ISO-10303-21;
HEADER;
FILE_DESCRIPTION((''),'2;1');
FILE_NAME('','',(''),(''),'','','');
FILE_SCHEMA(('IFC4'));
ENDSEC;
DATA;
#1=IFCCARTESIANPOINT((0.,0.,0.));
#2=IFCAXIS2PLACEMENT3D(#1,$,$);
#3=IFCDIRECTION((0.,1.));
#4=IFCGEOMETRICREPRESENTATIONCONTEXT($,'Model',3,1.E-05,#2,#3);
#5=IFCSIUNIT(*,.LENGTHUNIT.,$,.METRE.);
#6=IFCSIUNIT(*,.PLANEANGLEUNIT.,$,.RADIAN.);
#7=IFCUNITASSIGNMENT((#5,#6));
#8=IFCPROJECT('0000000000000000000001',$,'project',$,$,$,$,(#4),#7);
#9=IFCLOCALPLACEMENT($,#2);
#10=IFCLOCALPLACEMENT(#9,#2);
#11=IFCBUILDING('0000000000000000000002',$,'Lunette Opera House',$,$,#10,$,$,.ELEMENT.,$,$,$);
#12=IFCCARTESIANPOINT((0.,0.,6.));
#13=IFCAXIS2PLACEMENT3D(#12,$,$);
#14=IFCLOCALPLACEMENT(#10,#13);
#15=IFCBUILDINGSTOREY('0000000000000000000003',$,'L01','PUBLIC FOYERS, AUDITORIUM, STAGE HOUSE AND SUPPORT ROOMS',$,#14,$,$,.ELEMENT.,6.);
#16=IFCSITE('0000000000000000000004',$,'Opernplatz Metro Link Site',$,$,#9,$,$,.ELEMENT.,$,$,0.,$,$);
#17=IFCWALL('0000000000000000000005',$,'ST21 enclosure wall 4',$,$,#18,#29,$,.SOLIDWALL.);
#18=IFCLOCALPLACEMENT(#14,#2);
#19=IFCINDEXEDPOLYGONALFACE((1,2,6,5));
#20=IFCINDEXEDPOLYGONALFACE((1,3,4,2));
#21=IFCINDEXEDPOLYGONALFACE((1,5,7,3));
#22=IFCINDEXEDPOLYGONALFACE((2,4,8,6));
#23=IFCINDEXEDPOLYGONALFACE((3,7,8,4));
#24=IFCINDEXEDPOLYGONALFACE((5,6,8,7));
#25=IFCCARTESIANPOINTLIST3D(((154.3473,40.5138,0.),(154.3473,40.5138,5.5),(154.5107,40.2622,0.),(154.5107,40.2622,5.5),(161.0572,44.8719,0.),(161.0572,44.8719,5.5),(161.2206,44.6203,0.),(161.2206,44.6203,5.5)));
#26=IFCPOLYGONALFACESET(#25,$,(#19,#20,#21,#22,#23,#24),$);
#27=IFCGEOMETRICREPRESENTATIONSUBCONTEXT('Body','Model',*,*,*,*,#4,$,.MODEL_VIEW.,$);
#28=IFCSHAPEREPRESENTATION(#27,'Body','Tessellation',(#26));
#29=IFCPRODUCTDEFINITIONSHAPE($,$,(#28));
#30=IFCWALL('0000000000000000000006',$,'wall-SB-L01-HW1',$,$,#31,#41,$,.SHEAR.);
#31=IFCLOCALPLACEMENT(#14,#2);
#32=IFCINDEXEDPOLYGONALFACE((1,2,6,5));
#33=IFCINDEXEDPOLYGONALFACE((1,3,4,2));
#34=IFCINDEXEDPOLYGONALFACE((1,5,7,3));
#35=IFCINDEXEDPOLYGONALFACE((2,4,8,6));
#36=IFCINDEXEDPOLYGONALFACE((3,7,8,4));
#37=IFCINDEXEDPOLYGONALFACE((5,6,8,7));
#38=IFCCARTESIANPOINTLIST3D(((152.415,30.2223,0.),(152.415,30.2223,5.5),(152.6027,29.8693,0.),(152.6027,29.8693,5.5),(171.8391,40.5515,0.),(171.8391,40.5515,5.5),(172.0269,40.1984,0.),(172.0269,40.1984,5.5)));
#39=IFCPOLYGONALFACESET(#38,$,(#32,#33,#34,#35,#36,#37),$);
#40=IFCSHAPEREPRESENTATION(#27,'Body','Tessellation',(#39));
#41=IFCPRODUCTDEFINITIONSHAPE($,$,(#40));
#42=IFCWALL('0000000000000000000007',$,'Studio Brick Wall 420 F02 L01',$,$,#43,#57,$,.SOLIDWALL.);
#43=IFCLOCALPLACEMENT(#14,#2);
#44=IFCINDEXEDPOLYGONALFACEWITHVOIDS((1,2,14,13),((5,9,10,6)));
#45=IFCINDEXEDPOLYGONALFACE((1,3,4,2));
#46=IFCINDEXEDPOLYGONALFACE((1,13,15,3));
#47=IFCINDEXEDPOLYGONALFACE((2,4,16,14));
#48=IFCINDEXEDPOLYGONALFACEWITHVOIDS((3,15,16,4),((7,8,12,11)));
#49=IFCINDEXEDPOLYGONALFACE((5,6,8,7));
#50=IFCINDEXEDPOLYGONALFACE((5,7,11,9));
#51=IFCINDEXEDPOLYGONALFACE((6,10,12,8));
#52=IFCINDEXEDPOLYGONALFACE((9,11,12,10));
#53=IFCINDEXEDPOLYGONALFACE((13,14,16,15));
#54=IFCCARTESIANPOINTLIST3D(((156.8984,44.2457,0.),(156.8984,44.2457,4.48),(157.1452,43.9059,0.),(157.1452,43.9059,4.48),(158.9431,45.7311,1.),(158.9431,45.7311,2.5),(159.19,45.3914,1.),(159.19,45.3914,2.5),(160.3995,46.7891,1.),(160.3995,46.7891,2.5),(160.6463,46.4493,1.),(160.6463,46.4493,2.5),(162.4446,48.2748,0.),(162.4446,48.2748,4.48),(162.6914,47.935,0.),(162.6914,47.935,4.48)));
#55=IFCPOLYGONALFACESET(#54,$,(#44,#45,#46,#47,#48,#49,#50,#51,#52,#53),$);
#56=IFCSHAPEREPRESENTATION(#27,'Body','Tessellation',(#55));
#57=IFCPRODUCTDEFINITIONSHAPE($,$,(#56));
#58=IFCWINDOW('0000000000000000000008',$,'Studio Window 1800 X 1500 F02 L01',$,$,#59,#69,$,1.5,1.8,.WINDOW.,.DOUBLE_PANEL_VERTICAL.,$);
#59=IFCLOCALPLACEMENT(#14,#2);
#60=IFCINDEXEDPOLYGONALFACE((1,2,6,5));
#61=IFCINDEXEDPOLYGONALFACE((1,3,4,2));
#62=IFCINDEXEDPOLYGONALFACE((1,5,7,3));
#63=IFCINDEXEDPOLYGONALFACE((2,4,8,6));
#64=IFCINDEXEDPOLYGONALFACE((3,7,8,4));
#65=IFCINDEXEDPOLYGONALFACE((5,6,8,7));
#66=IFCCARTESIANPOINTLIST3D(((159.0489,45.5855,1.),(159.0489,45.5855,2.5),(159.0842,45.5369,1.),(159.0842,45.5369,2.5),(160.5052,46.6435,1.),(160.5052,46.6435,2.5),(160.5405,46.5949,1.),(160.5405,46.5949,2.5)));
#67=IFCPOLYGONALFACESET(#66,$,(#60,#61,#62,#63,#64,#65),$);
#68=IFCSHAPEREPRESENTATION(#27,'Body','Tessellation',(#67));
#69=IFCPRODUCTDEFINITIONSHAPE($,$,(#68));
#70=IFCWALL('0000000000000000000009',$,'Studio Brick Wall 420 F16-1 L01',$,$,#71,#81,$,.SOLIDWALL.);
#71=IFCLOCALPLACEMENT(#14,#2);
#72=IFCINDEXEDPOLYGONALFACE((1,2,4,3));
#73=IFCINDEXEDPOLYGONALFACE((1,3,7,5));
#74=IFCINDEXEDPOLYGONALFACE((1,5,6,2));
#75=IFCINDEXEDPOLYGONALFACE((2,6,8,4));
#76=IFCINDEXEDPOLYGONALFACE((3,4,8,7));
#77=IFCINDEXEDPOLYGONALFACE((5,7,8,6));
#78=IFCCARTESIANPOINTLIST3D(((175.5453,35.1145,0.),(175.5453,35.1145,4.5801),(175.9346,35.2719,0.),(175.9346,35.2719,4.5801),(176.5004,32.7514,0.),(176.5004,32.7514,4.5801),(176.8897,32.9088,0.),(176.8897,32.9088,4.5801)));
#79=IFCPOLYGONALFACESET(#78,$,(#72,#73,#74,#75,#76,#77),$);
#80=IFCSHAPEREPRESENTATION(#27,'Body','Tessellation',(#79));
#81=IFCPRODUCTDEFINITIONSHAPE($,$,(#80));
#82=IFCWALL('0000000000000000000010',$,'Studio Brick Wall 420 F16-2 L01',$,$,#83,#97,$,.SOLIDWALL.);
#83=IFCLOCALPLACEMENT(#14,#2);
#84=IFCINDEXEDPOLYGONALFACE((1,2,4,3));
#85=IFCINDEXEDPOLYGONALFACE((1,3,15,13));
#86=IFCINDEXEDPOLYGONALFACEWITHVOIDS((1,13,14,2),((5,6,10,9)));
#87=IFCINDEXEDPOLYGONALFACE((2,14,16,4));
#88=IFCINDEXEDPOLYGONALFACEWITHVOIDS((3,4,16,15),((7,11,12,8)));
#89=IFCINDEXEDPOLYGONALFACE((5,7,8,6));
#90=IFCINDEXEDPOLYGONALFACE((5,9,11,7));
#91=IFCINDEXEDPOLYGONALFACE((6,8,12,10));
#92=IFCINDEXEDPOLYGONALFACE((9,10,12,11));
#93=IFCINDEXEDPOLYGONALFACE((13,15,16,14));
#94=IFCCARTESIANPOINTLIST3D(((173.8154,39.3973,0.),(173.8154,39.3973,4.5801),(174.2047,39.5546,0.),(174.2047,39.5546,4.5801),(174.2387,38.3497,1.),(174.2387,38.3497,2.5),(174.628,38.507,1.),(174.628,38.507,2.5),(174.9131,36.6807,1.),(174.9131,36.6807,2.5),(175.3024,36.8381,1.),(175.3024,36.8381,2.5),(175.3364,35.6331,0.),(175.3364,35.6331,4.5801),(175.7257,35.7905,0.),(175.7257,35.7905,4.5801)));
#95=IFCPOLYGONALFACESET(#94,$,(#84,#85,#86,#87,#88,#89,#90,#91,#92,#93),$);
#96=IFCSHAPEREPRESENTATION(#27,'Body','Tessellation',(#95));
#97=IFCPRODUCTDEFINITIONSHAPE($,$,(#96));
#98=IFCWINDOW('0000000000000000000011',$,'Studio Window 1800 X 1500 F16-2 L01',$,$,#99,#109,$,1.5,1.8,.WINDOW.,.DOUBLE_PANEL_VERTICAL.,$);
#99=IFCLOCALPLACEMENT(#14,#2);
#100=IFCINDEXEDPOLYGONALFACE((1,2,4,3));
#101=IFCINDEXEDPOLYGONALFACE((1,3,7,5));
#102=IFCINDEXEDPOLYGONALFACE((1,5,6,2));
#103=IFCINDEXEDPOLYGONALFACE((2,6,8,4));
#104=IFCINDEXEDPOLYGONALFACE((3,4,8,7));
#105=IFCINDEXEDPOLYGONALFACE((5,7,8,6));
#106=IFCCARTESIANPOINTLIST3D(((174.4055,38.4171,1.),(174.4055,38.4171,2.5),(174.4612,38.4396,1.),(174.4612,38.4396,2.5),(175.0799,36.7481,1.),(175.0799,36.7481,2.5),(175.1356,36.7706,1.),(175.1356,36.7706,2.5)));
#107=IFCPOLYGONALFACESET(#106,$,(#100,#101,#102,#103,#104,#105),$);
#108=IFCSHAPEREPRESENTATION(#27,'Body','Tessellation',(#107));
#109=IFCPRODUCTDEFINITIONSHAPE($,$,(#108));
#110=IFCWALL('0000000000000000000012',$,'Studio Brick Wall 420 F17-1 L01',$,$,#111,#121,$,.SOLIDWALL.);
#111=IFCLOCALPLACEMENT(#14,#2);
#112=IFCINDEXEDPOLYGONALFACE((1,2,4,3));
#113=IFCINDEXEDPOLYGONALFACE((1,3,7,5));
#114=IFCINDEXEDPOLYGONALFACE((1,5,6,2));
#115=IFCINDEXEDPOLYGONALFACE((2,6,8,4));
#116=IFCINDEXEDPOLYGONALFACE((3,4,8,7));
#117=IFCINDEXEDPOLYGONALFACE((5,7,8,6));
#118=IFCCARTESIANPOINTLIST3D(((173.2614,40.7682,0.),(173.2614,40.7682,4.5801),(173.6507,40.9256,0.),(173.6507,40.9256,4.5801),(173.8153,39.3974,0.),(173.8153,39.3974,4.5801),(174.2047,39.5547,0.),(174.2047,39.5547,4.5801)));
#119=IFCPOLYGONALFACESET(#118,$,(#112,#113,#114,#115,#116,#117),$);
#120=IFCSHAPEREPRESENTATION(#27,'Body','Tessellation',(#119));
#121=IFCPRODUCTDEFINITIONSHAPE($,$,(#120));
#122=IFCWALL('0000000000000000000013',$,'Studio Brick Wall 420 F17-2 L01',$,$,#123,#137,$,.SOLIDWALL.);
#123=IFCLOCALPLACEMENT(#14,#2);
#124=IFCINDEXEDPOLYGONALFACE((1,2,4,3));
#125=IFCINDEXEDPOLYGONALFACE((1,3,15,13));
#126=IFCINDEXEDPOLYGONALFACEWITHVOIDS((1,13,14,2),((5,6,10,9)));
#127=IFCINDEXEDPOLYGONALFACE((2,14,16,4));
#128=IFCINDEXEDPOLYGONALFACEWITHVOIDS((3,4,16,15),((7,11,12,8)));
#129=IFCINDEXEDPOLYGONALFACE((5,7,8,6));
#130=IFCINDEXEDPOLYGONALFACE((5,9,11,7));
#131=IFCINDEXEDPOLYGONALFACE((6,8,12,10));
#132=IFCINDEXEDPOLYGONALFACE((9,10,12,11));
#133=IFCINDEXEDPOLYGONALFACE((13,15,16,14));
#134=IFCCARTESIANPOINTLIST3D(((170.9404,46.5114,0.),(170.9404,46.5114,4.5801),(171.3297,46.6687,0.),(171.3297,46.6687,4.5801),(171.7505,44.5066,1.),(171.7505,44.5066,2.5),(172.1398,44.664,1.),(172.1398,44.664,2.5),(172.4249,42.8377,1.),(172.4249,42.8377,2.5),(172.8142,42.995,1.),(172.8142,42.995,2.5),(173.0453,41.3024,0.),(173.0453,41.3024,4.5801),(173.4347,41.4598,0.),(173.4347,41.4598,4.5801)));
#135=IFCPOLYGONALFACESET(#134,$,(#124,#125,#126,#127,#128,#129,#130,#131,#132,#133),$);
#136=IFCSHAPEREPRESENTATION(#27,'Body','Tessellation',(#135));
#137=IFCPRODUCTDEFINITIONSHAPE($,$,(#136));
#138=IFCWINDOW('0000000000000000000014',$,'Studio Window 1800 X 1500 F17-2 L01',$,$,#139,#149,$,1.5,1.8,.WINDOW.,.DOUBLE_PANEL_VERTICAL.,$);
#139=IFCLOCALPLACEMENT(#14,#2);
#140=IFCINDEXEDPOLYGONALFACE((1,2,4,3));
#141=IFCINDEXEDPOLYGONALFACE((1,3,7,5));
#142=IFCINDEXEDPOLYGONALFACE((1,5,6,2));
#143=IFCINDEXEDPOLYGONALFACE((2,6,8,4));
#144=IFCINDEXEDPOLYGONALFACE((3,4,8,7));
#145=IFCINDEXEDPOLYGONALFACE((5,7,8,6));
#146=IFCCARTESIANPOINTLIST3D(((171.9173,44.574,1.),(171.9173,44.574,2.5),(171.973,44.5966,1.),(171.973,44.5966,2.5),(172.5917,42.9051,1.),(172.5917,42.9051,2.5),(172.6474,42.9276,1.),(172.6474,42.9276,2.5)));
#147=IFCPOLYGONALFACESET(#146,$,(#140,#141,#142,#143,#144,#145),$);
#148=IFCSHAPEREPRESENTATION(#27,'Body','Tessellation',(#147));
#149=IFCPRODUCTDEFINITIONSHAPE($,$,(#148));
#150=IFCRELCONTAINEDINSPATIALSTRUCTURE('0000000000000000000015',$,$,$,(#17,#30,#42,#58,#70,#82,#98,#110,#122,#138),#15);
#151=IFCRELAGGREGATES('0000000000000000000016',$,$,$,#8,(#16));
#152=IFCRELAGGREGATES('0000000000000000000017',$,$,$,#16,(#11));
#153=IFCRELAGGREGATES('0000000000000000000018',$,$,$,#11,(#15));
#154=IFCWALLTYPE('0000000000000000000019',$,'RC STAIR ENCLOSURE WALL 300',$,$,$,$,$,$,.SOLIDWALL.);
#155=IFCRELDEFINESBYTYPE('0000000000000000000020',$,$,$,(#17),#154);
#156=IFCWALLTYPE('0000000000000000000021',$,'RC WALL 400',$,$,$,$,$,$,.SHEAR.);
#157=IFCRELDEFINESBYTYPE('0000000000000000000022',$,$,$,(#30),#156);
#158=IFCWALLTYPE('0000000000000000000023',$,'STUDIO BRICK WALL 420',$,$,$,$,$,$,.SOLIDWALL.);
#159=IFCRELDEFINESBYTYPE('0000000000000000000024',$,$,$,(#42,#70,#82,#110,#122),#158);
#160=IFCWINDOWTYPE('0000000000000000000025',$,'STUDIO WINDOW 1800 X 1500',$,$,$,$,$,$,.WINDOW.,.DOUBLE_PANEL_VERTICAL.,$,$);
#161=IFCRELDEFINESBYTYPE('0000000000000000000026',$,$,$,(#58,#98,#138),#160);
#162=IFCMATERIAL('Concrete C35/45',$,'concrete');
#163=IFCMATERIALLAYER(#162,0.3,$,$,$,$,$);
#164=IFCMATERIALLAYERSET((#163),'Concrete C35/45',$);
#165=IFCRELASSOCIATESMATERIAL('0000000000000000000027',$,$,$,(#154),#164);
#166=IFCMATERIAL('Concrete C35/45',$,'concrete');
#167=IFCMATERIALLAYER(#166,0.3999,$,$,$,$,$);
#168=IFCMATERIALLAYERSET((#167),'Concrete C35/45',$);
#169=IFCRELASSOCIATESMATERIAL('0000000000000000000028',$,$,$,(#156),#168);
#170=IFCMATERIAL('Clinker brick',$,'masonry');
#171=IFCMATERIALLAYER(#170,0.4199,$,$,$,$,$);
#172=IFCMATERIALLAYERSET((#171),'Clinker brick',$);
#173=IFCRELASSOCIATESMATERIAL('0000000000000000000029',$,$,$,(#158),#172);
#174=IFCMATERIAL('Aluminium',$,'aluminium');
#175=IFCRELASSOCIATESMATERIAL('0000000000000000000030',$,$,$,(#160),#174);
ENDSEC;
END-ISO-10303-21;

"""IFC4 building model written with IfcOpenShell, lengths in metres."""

from ifc_helpers import new_model, si_unit, direction, frame, frame_2d, origin, place, context, subcontext, project, spatial, rectangle, extrude, material, layer, layer_set, type_object, element, fill, save


model = new_model("IFC4")

# Units and contexts
model_context = context("Model", 3, precision=1e-05, world=origin(), true_north=direction((0.0, 1.0)))
body_context = subcontext(model_context, "Body", "Model", "MODEL_VIEW")
ifc_project = project(units=[si_unit("LENGTHUNIT", "METRE"), si_unit("PLANEANGLEUNIT", "RADIAN")], contexts=[model_context])

# Site, building, storey
site_placement = place(None, origin())
site = spatial("IfcSite", under=ifc_project, at=site_placement, Name="Opernplatz Metro Link Site", CompositionType="ELEMENT", RefElevation=0.0)
building_placement = place(site_placement, origin())
building = spatial("IfcBuilding", under=site, at=building_placement, Name="Lunette Opera House", CompositionType="ELEMENT")
storey_placement = place(building_placement, frame((0.0, 0.0, 6.0)))
storey = spatial("IfcBuildingStorey", under=building, at=storey_placement, Name="L01", Description="PUBLIC FOYERS, AUDITORIUM, STAGE HOUSE AND SUPPORT ROOMS", CompositionType="ELEMENT", Elevation=6.0)

# Walls
ifc_material_1 = material(Name="Concrete C35/45", Category="concrete")
ifc_layer_1 = layer(ifc_material_1, 0.3)
ifc_layer_set_1 = layer_set([ifc_layer_1], Name="Concrete C35/45")
wall_type_1 = type_object("IfcWallType", Name="RC STAIR ENCLOSURE WALL 300", PredefinedType="SOLIDWALL", material=ifc_layer_set_1)
wall_1_placement = place(storey_placement, frame((161.1389, 44.7461, 0.0), z_axis=(0.0, 0.0, 1.0), x_axis=(-0.838633, -0.544697, 0.0)))
element("IfcWall", 1, at=wall_1_placement, inside=storey, type_object=wall_type_1, Name="ST21 enclosure wall 4", PredefinedType="SOLIDWALL", context=body_context, shape_type="SweptSolid", body=[
    extrude(rectangle(XDim=8.001, YDim=0.3, at=frame_2d((4.0005, 0.0))), origin(), (0.0, 0.0, 1.0), 5.5),
])
ifc_material_2 = material(Name="Concrete C35/45", Category="concrete")
ifc_layer_2 = layer(ifc_material_2, 0.3999)
ifc_layer_set_2 = layer_set([ifc_layer_2], Name="Concrete C35/45")
wall_type_2 = type_object("IfcWallType", Name="RC WALL 400", PredefinedType="SHEAR", material=ifc_layer_set_2)
wall_2_placement = place(storey_placement, frame((171.9331, 40.375, 0.0), z_axis=(0.0, 0.0, 1.0), x_axis=(-0.882926, -0.469512, 0.0)))
element("IfcWall", 2, at=wall_2_placement, inside=storey, type_object=wall_type_2, Name="wall-SB-L01-HW1", PredefinedType="SHEAR", context=body_context, shape_type="SweptSolid", body=[
    extrude(rectangle(XDim=21.9998, YDim=0.3999, at=frame_2d((11.0, 0.0))), origin(), (0.0, 0.0, 1.0), 5.5),
])

# Wall, opening, window
ifc_material_3 = material(Name="Clinker brick", Category="masonry")
ifc_layer_3 = layer(ifc_material_3, 0.4199)
ifc_layer_set_3 = layer_set([ifc_layer_3], Name="Clinker brick")
wall_type_3 = type_object("IfcWallType", Name="STUDIO BRICK WALL 420", PredefinedType="SOLIDWALL", material=ifc_layer_set_3)
wall_3_placement = place(storey_placement, frame((162.5681, 48.105, 0.0), z_axis=(0.0, 0.0, 1.0), x_axis=(-0.809049, -0.587742, 0.0)))
wall_3 = element("IfcWall", 3, at=wall_3_placement, inside=storey, type_object=wall_type_3, Name="Studio Brick Wall 420 F02 L01", PredefinedType="SOLIDWALL", context=body_context, shape_type="SweptSolid", body=[
    extrude(rectangle(XDim=6.8552, YDim=0.4199, at=frame_2d((3.4277, 0.0))), origin(), (0.0, 0.0, 1.0), 4.48),
])
opening_1_placement = place(wall_3_placement, frame((2.5281, 0.0, 1.0)))
opening_1 = element("IfcOpeningElement", 4, at=opening_1_placement, cuts=wall_3, PredefinedType="OPENING", context=body_context, shape_type="SweptSolid", body=[
    extrude(rectangle(XDim=1.8, YDim=1.5, at=frame_2d((0.8999, 0.75))), frame((0.0, 0.2219, 0.0), z_axis=(0.0, -1.0, 0.0), x_axis=(1.0, 0.0, 0.0)), (0.0, 0.0, 1.0), 0.4438),
])
ifc_material_4 = material(Name="Aluminium", Category="aluminium")
window_type = type_object("IfcWindowType", Name="STUDIO WINDOW 1800 X 1500", PartitioningType="DOUBLE_PANEL_VERTICAL", PredefinedType="WINDOW", material=ifc_material_4)
window_1_placement = place(opening_1_placement, origin())
window_1 = element("IfcWindow", 5, at=window_1_placement, inside=storey, type_object=window_type, Name="Studio Window 1800 X 1500 F02 L01", OverallHeight=1.5, OverallWidth=1.8, PartitioningType="DOUBLE_PANEL_VERTICAL", PredefinedType="WINDOW", context=body_context, shape_type="SweptSolid", body=[
    extrude(rectangle(XDim=1.8, YDim=1.5, at=frame_2d((0.8999, 0.75))), frame((0.0, 0.03, 0.0), z_axis=(0.0, -1.0, 0.0), x_axis=(1.0, 0.0, 0.0)), (0.0, 0.0, 1.0), 0.0601),
])
fill(opening_1, window_1)

# Wall
wall_4_placement = place(storey_placement, frame((176.6951, 32.8301, 0.0), z_axis=(0.0, 0.0, 1.0), x_axis=(-0.374724, 0.927136, 0.0)))
element("IfcWall", 6, at=wall_4_placement, inside=storey, type_object=wall_type_3, Name="Studio Brick Wall 420 F16-1 L01", PredefinedType="SOLIDWALL", context=body_context, shape_type="SweptSolid", body=[
    extrude(rectangle(XDim=2.5488, YDim=0.4199, at=frame_2d((1.2744, 0.0))), origin(), (0.0, 0.0, 1.0), 4.5801),
])

# Wall, opening, window
wall_5_placement = place(storey_placement, frame((175.531, 35.7119, 0.0), z_axis=(0.0, 0.0, 1.0), x_axis=(-0.374644, 0.927169, 0.0)))
wall_5 = element("IfcWall", 7, at=wall_5_placement, inside=storey, type_object=wall_type_3, Name="Studio Brick Wall 420 F16-2 L01", PredefinedType="SOLIDWALL", context=body_context, shape_type="SweptSolid", body=[
    extrude(rectangle(XDim=4.0598, YDim=0.4199, at=frame_2d((2.0298, 0.0))), origin(), (0.0, 0.0, 1.0), 4.5801),
])
opening_2_placement = place(wall_5_placement, frame((1.1299, 0.0, 1.0)))
opening_2 = element("IfcOpeningElement", 8, at=opening_2_placement, cuts=wall_5, PredefinedType="OPENING", context=body_context, shape_type="SweptSolid", body=[
    extrude(rectangle(XDim=1.8, YDim=1.5, at=frame_2d((0.8999, 0.75))), frame((0.0, 0.2219, 0.0), z_axis=(0.0, -1.0, 0.0), x_axis=(1.0, 0.0, 0.0)), (0.0, 0.0, 1.0), 0.4438),
])
window_2_placement = place(opening_2_placement, origin())
window_2 = element("IfcWindow", 9, at=window_2_placement, inside=storey, type_object=window_type, Name="Studio Window 1800 X 1500 F16-2 L01", OverallHeight=1.5, OverallWidth=1.8, PartitioningType="DOUBLE_PANEL_VERTICAL", PredefinedType="WINDOW", context=body_context, shape_type="SweptSolid", body=[
    extrude(rectangle(XDim=1.8, YDim=1.5, at=frame_2d((0.8999, 0.75))), frame((0.0, 0.03, 0.0), z_axis=(0.0, -1.0, 0.0), x_axis=(1.0, 0.0, 0.0)), (0.0, 0.0, 1.0), 0.0601),
])
fill(opening_2, window_2)

# Wall
wall_6_placement = place(storey_placement, frame((174.01, 39.4761, 0.0), z_axis=(0.0, 0.0, 1.0), x_axis=(-0.374662, 0.927161, 0.0)))
element("IfcWall", 10, at=wall_6_placement, inside=storey, type_object=wall_type_3, Name="Studio Brick Wall 420 F17-1 L01", PredefinedType="SOLIDWALL", context=body_context, shape_type="SweptSolid", body=[
    extrude(rectangle(XDim=1.4785, YDim=0.4199, at=frame_2d((0.7393, 0.0))), origin(), (0.0, 0.0, 1.0), 4.5801),
])

# Wall, opening, window
wall_7_placement = place(storey_placement, frame((173.24, 41.3811, 0.0), z_axis=(0.0, 0.0, 1.0), x_axis=(-0.37467, 0.927158, 0.0)))
wall_7 = element("IfcWall", 11, at=wall_7_placement, inside=storey, type_object=wall_type_3, Name="Studio Brick Wall 420 F17-2 L01", PredefinedType="SOLIDWALL", context=body_context, shape_type="SweptSolid", body=[
    extrude(rectangle(XDim=5.6182, YDim=0.4199, at=frame_2d((2.8091, 0.0))), origin(), (0.0, 0.0, 1.0), 4.5801),
])
opening_3_placement = place(wall_7_placement, frame((1.656, 0.0, 1.0)))
opening_3 = element("IfcOpeningElement", 12, at=opening_3_placement, cuts=wall_7, PredefinedType="OPENING", context=body_context, shape_type="SweptSolid", body=[
    extrude(rectangle(XDim=1.8, YDim=1.5, at=frame_2d((0.8999, 0.75))), frame((0.0, 0.2219, 0.0), z_axis=(0.0, -1.0, 0.0), x_axis=(1.0, 0.0, 0.0)), (0.0, 0.0, 1.0), 0.4438),
])
window_3_placement = place(opening_3_placement, origin())
window_3 = element("IfcWindow", 13, at=window_3_placement, inside=storey, type_object=window_type, Name="Studio Window 1800 X 1500 F17-2 L01", OverallHeight=1.5, OverallWidth=1.8, PartitioningType="DOUBLE_PANEL_VERTICAL", PredefinedType="WINDOW", context=body_context, shape_type="SweptSolid", body=[
    extrude(rectangle(XDim=1.8, YDim=1.5, at=frame_2d((0.8999, 0.75))), frame((0.0, 0.03, 0.0), z_axis=(0.0, -1.0, 0.0), x_axis=(1.0, 0.0, 0.0)), (0.0, 0.0, 1.0), 0.0601),
])
fill(opening_3, window_3)

save(model, "model.ifc")
